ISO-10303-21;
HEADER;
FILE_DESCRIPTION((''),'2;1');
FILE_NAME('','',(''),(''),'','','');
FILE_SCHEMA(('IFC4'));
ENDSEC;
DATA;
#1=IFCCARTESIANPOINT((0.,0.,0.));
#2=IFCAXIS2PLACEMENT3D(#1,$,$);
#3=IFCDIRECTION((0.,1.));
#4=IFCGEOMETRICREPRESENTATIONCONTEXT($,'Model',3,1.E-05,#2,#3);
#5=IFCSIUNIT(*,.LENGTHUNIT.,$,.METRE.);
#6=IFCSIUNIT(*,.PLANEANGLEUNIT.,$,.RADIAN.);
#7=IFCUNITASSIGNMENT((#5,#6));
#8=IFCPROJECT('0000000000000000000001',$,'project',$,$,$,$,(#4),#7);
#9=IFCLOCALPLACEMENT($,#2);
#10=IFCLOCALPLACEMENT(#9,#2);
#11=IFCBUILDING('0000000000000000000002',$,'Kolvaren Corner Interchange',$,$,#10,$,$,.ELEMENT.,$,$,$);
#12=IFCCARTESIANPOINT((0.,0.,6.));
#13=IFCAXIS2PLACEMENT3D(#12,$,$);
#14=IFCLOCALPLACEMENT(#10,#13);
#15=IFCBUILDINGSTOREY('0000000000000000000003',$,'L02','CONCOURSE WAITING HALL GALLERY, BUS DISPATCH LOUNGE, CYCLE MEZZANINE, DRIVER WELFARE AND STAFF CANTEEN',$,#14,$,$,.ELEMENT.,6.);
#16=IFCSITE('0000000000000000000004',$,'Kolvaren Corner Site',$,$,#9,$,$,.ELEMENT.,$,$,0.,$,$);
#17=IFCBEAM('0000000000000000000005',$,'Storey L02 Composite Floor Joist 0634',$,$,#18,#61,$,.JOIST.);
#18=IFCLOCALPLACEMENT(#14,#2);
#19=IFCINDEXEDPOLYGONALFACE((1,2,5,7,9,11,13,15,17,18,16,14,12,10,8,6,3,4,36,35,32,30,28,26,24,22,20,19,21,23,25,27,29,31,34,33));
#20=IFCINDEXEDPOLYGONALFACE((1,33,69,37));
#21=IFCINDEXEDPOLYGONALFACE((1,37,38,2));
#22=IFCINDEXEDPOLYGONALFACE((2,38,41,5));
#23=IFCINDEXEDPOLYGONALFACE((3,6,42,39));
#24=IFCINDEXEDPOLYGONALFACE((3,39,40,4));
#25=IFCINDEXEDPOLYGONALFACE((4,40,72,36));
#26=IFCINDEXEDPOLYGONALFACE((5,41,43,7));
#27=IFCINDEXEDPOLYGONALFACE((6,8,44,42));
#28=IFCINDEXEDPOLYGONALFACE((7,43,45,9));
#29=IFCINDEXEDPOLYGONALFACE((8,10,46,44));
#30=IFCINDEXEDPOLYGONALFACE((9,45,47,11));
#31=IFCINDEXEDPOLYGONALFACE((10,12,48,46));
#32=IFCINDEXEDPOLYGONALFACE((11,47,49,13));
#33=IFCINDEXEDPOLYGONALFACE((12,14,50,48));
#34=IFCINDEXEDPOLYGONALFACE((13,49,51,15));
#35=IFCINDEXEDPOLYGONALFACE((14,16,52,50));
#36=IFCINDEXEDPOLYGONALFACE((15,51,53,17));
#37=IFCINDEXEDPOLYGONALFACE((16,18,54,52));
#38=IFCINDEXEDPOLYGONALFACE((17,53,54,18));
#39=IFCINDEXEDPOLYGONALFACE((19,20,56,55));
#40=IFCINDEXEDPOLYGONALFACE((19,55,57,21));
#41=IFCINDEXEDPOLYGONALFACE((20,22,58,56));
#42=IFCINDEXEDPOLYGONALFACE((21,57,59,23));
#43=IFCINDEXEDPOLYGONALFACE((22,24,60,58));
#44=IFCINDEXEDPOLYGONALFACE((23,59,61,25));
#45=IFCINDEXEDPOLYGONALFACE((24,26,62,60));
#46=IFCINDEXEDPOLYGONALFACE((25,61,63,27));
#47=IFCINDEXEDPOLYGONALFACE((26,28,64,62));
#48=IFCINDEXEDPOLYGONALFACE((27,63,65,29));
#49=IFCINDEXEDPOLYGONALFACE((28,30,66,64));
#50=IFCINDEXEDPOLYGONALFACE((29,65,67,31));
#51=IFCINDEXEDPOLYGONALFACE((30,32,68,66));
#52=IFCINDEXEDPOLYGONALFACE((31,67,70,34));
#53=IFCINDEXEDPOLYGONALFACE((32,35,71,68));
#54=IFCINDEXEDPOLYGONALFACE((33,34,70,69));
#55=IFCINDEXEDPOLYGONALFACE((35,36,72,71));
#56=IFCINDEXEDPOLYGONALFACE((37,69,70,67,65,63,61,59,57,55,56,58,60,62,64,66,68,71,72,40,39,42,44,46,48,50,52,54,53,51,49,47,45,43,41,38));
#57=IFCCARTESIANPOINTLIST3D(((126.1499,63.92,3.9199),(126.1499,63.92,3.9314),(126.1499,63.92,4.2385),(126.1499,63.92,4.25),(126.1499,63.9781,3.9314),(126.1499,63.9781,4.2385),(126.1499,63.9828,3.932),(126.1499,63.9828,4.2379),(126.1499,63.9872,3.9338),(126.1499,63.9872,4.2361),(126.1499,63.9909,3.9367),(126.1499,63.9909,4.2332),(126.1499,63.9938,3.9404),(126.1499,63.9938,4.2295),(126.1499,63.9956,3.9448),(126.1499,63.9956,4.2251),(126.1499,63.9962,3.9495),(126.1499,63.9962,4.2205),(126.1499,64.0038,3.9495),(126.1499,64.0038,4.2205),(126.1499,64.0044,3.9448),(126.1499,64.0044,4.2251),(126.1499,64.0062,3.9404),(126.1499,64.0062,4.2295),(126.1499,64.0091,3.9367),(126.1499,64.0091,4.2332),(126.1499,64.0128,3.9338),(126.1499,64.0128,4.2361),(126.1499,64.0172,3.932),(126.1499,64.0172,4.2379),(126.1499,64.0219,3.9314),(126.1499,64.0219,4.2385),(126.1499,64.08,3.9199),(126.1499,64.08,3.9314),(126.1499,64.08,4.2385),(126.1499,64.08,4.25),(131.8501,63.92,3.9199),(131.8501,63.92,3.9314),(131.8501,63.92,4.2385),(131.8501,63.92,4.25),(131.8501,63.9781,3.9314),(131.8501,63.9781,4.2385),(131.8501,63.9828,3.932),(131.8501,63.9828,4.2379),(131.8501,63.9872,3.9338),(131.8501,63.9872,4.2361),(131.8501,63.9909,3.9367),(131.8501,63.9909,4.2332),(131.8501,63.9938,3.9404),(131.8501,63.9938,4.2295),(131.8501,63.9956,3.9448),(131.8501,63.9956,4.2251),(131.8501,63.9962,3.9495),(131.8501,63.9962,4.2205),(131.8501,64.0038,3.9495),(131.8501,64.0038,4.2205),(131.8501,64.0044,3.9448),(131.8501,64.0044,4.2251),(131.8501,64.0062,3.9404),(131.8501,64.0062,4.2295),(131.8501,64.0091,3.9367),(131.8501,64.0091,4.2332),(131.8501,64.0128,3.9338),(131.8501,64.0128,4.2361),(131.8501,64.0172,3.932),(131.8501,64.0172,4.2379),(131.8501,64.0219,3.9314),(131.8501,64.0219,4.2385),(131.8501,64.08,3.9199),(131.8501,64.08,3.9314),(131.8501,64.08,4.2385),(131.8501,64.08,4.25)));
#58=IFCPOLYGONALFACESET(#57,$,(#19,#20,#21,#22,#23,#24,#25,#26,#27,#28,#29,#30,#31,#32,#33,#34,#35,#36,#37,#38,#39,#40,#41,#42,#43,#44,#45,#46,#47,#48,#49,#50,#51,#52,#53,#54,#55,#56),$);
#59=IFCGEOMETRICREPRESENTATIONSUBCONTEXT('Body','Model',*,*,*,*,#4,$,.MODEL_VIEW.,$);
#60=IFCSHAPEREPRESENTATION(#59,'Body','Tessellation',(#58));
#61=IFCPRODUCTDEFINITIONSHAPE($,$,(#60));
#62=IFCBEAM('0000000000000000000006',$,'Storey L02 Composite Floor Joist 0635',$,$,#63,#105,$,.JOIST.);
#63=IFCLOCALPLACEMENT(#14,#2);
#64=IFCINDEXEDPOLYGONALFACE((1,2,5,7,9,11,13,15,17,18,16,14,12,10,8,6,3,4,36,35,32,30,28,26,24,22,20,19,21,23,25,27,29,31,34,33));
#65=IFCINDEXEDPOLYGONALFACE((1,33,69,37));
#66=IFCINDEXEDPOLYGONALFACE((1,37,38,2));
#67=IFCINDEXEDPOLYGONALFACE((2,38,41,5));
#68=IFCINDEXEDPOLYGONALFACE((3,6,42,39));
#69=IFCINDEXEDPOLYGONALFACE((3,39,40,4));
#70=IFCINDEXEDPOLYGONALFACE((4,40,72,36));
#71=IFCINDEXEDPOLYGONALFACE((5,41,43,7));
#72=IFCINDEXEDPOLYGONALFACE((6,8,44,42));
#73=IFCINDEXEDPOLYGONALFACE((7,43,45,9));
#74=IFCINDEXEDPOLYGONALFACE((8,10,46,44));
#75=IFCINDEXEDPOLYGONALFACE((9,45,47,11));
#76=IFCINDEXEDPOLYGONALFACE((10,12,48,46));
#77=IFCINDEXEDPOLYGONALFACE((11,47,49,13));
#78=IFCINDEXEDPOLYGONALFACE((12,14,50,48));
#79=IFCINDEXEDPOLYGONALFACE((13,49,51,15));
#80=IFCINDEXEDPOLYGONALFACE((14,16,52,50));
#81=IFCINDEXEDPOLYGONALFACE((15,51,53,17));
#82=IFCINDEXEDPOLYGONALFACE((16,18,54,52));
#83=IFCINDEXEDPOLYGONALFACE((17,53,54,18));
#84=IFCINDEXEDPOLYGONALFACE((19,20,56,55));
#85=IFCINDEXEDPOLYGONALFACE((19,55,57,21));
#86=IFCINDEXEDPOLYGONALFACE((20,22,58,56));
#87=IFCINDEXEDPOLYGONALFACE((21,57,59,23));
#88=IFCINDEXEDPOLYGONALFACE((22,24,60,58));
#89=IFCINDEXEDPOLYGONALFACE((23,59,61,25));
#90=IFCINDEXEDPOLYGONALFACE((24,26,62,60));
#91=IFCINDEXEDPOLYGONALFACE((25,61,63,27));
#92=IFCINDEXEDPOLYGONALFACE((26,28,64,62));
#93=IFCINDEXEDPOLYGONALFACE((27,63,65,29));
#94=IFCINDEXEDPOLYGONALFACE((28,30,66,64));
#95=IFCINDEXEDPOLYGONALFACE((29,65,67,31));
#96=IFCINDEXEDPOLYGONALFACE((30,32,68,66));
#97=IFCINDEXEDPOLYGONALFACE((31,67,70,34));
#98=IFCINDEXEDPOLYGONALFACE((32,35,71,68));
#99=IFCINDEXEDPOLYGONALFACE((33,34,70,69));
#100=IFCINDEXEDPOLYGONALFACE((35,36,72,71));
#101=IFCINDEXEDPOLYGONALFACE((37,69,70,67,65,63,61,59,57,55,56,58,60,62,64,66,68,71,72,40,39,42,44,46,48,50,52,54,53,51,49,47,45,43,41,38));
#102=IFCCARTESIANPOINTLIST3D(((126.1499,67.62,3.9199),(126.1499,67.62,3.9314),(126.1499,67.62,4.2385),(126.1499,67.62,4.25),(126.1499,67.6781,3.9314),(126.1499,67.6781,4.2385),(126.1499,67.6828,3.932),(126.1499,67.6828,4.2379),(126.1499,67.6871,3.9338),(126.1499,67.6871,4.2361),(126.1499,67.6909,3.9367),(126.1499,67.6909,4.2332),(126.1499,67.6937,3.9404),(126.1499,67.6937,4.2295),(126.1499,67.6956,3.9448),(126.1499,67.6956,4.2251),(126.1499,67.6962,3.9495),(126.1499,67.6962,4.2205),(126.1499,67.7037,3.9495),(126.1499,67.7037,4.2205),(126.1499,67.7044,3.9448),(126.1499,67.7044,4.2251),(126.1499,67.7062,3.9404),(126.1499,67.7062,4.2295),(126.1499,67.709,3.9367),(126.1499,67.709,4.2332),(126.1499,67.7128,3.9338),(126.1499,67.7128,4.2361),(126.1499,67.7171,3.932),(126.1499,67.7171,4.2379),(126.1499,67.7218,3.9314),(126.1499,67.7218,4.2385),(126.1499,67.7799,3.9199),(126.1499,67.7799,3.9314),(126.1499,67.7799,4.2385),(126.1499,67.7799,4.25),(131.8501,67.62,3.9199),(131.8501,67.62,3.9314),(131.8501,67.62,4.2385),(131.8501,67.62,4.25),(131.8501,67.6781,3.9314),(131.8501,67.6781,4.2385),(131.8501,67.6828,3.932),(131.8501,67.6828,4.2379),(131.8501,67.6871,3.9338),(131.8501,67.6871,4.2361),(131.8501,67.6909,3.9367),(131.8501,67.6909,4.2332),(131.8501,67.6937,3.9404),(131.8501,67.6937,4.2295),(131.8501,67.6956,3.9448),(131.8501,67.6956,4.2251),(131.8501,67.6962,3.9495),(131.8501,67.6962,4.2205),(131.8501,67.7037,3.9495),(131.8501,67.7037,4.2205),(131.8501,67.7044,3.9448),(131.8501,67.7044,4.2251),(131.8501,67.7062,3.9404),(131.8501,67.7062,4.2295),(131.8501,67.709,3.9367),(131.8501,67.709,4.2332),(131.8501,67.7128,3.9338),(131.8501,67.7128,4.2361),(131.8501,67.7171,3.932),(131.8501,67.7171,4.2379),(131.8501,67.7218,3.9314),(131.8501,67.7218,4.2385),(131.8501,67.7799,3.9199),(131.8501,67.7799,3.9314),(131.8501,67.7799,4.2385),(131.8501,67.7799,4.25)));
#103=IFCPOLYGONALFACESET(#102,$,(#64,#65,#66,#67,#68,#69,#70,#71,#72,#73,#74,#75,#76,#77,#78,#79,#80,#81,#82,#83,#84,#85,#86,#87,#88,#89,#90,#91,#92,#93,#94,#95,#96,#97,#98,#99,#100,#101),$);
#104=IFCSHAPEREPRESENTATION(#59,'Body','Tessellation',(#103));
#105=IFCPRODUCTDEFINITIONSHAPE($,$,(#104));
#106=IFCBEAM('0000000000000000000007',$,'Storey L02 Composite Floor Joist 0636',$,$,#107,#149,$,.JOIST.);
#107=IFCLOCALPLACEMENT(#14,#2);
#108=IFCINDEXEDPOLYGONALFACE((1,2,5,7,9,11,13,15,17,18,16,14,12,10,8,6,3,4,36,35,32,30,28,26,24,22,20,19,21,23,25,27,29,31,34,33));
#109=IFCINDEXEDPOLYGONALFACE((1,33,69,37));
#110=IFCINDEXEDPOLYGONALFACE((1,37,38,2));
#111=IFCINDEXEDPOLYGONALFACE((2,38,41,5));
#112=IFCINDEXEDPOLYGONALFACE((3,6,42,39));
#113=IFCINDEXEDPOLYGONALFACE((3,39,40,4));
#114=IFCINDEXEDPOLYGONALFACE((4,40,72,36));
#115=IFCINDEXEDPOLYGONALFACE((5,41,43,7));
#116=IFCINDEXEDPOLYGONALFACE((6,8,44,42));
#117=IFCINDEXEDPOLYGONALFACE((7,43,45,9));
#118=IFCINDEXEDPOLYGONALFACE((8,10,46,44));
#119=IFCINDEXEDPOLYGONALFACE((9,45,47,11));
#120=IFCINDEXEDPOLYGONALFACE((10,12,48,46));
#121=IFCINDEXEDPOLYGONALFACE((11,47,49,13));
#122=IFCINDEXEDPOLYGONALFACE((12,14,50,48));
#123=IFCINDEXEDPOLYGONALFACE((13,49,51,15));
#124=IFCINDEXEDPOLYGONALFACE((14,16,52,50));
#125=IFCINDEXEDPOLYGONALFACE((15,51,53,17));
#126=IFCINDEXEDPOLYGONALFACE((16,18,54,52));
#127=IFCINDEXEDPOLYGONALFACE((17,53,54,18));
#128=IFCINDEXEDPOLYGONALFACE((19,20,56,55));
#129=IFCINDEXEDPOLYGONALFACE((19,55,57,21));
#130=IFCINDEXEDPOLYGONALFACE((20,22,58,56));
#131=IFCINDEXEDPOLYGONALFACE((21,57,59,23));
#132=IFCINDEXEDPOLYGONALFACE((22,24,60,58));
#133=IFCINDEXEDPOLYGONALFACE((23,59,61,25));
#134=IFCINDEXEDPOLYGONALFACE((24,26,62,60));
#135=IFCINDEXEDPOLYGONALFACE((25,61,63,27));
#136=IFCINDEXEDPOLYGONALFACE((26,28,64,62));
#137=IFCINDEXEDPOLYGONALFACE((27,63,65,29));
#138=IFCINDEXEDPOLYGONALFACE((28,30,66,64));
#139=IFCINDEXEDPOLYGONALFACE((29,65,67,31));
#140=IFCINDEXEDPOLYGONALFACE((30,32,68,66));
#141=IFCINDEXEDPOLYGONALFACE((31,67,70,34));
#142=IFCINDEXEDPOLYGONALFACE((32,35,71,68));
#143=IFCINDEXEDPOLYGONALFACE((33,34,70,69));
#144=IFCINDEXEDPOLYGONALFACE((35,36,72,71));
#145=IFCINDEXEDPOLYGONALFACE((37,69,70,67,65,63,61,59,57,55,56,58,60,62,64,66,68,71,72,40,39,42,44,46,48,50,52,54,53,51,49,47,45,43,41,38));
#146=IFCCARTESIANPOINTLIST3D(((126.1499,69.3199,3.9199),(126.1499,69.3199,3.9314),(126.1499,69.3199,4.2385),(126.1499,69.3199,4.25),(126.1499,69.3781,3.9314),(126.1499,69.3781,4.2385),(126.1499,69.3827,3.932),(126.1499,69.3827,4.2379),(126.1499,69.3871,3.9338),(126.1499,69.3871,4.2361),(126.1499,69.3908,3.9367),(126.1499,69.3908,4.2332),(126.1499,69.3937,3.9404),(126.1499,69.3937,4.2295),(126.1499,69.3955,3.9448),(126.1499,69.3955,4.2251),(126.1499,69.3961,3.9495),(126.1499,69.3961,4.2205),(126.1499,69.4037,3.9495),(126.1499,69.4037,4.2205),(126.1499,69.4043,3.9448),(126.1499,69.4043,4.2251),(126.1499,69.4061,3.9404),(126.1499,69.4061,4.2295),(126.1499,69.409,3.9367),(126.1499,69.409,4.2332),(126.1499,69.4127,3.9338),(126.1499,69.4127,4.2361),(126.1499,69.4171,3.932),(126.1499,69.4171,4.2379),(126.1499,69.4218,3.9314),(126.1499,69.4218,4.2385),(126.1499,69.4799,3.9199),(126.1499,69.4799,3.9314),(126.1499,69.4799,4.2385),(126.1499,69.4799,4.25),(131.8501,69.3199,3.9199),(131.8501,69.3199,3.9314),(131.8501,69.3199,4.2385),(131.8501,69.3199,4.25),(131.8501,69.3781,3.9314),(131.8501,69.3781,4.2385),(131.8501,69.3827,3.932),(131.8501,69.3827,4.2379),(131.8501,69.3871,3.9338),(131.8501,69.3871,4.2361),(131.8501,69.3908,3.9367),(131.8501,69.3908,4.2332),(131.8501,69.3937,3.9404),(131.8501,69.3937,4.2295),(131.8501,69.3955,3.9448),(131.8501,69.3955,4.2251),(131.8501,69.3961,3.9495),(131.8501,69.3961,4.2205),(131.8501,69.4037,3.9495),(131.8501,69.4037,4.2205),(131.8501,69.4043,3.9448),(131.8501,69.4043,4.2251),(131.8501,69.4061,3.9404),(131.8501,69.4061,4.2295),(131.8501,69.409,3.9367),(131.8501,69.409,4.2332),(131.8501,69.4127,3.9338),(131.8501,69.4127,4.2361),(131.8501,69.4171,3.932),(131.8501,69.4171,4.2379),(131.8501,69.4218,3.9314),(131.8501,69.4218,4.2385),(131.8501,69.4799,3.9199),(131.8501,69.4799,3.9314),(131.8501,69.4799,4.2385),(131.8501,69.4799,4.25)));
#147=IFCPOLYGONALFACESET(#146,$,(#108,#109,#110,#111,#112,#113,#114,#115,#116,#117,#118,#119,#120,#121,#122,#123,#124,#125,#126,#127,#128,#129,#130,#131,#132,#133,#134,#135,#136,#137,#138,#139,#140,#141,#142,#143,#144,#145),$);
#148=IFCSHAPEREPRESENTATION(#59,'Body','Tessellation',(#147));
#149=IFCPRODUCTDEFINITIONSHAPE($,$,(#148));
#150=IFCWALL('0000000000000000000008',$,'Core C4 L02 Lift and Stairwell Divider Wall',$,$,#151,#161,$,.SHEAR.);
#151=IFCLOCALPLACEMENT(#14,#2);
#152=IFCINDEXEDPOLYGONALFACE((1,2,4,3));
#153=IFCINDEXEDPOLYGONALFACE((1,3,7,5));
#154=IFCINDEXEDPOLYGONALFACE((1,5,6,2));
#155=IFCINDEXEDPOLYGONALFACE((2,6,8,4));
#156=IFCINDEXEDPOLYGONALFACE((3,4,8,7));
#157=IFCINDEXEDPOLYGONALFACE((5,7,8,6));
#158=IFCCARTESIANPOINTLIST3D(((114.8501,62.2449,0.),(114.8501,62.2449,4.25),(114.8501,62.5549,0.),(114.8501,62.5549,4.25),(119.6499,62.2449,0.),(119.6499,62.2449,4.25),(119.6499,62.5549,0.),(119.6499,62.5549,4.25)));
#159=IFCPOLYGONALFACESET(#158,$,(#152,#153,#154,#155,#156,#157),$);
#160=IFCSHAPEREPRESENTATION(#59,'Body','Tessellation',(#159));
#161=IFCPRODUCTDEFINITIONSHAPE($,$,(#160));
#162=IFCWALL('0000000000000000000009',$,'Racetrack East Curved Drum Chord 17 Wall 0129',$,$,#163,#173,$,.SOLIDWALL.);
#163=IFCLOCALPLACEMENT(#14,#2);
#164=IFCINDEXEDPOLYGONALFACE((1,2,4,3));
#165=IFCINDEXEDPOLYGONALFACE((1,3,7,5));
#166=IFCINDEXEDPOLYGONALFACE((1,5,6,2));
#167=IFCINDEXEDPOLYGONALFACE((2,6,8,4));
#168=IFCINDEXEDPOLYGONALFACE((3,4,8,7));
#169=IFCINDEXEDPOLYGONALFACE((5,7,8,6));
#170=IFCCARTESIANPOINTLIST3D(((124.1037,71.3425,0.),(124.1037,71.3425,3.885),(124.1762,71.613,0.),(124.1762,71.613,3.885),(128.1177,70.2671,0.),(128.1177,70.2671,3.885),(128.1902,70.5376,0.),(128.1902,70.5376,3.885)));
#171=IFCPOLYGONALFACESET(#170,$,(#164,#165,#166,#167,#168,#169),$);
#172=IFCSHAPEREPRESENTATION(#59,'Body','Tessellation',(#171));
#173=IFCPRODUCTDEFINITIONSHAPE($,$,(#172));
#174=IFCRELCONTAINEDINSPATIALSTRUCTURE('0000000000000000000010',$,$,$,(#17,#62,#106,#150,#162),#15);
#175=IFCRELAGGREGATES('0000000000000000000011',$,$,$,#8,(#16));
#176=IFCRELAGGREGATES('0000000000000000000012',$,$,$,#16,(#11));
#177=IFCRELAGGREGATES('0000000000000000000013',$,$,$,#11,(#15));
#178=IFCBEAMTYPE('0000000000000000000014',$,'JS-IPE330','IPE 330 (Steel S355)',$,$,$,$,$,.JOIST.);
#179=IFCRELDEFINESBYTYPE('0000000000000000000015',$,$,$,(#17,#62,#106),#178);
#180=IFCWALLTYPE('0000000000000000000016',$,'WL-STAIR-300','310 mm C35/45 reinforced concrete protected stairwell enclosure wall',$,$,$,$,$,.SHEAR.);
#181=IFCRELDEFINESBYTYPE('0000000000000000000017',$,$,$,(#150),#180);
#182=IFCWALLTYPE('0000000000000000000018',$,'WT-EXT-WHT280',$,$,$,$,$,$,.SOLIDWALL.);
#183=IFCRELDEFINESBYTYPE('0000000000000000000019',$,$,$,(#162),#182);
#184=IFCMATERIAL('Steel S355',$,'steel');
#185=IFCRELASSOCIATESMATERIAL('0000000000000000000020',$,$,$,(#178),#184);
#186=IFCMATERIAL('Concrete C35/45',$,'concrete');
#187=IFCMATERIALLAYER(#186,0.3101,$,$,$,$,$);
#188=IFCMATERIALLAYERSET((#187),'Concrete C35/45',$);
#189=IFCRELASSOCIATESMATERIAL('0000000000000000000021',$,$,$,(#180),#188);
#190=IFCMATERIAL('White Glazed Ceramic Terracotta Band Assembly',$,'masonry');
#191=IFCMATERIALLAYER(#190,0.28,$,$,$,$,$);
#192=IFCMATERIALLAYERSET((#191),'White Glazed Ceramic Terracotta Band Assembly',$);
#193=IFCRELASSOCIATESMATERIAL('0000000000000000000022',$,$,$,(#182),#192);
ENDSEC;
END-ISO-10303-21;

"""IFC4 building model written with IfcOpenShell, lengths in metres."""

from ifc_helpers import new_model, si_unit, direction, frame, frame_2d, origin, origin_2d, place, context, subcontext, project, spatial, rectangle, i_section, extrude, material, layer, layer_set, material_profile, profile_set, type_object, element, save


model = new_model("IFC4")

# Units and contexts
model_context = context("Model", 3, precision=1e-05, world=origin(), true_north=direction((0.0, 1.0)))
body_context = subcontext(model_context, "Body", "Model", "MODEL_VIEW")
ifc_project = project(units=[si_unit("LENGTHUNIT", "METRE"), si_unit("PLANEANGLEUNIT", "RADIAN")], contexts=[model_context])

# Site, building, storey
site_placement = place(None, origin())
site = spatial("IfcSite", under=ifc_project, at=site_placement, Name="Kolvaren Corner Site", CompositionType="ELEMENT", RefElevation=0.0)
building_placement = place(site_placement, origin())
building = spatial("IfcBuilding", under=site, at=building_placement, Name="Kolvaren Corner Interchange", CompositionType="ELEMENT")
storey_placement = place(building_placement, frame((0.0, 0.0, 6.0)))
storey = spatial("IfcBuildingStorey", under=building, at=storey_placement, Name="L02", Description="CONCOURSE WAITING HALL GALLERY, BUS DISPATCH LOUNGE, CYCLE MEZZANINE, DRIVER WELFARE AND STAFF CANTEEN", CompositionType="ELEMENT", Elevation=6.0)

# Beams
ifc_material_1 = material(Name="Steel S355", Category="steel")
ifc_material_profile_1 = material_profile(ifc_material_1, i_section(OverallWidth=0.1599, OverallDepth=0.3301, WebThickness=0.0076, FlangeThickness=0.0115, FilletRadius=0.0181, at=origin_2d()), Name="IPE 330")
ifc_profile_set_1 = profile_set([ifc_material_profile_1], Name="Steel S355")
beam_type_1 = type_object("IfcBeamType", Name="JS-IPE330", Description="IPE 330 (Steel S355)", PredefinedType="JOIST", material=ifc_profile_set_1)
for number, where, z_axis, x_axis, name in (
    (1, (126.1499, 64.0, 4.085), (1.0, 0.0, 0.0), (0.0, 1.0, 0.0), "Storey L02 Composite Floor Joist 0634"),
    (2, (126.1499, 67.7, 4.085), (1.0, 0.0, 0.0), (0.0, 1.0, 0.0), "Storey L02 Composite Floor Joist 0635"),
    (3, (126.1499, 69.3999, 4.085), (1.0, 0.0, 0.0), (0.0, 1.0, 0.0), "Storey L02 Composite Floor Joist 0636"),
):
    element("IfcBeam", number, at=place(storey_placement, frame(where, z_axis=z_axis, x_axis=x_axis)), inside=storey, type_object=beam_type_1, Name=name, PredefinedType="JOIST", context=body_context, shape_type="SweptSolid", body=[
        extrude(i_section(OverallWidth=0.1599, OverallDepth=0.3301, WebThickness=0.0076, FlangeThickness=0.0115, FilletRadius=0.0181, at=origin_2d()), origin(), (0.0, 0.0, 1.0), 5.7002),
    ])

# Walls
ifc_material_2 = material(Name="Concrete C35/45", Category="concrete")
ifc_layer_1 = layer(ifc_material_2, 0.3101)
ifc_layer_set_1 = layer_set([ifc_layer_1], Name="Concrete C35/45")
wall_type_1 = type_object("IfcWallType", Name="WL-STAIR-300", Description="310 mm C35/45 reinforced concrete protected stairwell enclosure wall", PredefinedType="SHEAR", material=ifc_layer_set_1)
wall_1_placement = place(storey_placement, frame((114.8501, 62.3999, 0.0), z_axis=(0.0, 0.0, 1.0), x_axis=(1.0, 0.0, 0.0)))
element("IfcWall", 4, at=wall_1_placement, inside=storey, type_object=wall_type_1, Name="Core C4 L02 Lift and Stairwell Divider Wall", PredefinedType="SHEAR", context=body_context, shape_type="SweptSolid", body=[
    extrude(rectangle(XDim=4.7998, YDim=0.3101, at=frame_2d((2.3999, 0.0))), origin(), (0.0, 0.0, 1.0), 4.25),
])
ifc_material_3 = material(Name="White Glazed Ceramic Terracotta Band Assembly", Category="masonry")
ifc_layer_2 = layer(ifc_material_3, 0.28)
ifc_layer_set_2 = layer_set([ifc_layer_2], Name="White Glazed Ceramic Terracotta Band Assembly")
wall_type_2 = type_object("IfcWallType", Name="WT-EXT-WHT280", PredefinedType="SOLIDWALL", material=ifc_layer_set_2)
wall_2_placement = place(storey_placement, frame((128.1538, 70.4023, 0.0), z_axis=(0.0, 0.0, 1.0), x_axis=(-0.965931, 0.2588, 0.0)))
element("IfcWall", 5, at=wall_2_placement, inside=storey, type_object=wall_type_2, Name="Racetrack East Curved Drum Chord 17 Wall 0129", PredefinedType="SOLIDWALL", context=body_context, shape_type="SweptSolid", body=[
    extrude(rectangle(XDim=4.1555, YDim=0.28, at=frame_2d((2.0776, 0.0))), origin(), (0.0, 0.0, 1.0), 3.885),
])

save(model, "model.ifc")
